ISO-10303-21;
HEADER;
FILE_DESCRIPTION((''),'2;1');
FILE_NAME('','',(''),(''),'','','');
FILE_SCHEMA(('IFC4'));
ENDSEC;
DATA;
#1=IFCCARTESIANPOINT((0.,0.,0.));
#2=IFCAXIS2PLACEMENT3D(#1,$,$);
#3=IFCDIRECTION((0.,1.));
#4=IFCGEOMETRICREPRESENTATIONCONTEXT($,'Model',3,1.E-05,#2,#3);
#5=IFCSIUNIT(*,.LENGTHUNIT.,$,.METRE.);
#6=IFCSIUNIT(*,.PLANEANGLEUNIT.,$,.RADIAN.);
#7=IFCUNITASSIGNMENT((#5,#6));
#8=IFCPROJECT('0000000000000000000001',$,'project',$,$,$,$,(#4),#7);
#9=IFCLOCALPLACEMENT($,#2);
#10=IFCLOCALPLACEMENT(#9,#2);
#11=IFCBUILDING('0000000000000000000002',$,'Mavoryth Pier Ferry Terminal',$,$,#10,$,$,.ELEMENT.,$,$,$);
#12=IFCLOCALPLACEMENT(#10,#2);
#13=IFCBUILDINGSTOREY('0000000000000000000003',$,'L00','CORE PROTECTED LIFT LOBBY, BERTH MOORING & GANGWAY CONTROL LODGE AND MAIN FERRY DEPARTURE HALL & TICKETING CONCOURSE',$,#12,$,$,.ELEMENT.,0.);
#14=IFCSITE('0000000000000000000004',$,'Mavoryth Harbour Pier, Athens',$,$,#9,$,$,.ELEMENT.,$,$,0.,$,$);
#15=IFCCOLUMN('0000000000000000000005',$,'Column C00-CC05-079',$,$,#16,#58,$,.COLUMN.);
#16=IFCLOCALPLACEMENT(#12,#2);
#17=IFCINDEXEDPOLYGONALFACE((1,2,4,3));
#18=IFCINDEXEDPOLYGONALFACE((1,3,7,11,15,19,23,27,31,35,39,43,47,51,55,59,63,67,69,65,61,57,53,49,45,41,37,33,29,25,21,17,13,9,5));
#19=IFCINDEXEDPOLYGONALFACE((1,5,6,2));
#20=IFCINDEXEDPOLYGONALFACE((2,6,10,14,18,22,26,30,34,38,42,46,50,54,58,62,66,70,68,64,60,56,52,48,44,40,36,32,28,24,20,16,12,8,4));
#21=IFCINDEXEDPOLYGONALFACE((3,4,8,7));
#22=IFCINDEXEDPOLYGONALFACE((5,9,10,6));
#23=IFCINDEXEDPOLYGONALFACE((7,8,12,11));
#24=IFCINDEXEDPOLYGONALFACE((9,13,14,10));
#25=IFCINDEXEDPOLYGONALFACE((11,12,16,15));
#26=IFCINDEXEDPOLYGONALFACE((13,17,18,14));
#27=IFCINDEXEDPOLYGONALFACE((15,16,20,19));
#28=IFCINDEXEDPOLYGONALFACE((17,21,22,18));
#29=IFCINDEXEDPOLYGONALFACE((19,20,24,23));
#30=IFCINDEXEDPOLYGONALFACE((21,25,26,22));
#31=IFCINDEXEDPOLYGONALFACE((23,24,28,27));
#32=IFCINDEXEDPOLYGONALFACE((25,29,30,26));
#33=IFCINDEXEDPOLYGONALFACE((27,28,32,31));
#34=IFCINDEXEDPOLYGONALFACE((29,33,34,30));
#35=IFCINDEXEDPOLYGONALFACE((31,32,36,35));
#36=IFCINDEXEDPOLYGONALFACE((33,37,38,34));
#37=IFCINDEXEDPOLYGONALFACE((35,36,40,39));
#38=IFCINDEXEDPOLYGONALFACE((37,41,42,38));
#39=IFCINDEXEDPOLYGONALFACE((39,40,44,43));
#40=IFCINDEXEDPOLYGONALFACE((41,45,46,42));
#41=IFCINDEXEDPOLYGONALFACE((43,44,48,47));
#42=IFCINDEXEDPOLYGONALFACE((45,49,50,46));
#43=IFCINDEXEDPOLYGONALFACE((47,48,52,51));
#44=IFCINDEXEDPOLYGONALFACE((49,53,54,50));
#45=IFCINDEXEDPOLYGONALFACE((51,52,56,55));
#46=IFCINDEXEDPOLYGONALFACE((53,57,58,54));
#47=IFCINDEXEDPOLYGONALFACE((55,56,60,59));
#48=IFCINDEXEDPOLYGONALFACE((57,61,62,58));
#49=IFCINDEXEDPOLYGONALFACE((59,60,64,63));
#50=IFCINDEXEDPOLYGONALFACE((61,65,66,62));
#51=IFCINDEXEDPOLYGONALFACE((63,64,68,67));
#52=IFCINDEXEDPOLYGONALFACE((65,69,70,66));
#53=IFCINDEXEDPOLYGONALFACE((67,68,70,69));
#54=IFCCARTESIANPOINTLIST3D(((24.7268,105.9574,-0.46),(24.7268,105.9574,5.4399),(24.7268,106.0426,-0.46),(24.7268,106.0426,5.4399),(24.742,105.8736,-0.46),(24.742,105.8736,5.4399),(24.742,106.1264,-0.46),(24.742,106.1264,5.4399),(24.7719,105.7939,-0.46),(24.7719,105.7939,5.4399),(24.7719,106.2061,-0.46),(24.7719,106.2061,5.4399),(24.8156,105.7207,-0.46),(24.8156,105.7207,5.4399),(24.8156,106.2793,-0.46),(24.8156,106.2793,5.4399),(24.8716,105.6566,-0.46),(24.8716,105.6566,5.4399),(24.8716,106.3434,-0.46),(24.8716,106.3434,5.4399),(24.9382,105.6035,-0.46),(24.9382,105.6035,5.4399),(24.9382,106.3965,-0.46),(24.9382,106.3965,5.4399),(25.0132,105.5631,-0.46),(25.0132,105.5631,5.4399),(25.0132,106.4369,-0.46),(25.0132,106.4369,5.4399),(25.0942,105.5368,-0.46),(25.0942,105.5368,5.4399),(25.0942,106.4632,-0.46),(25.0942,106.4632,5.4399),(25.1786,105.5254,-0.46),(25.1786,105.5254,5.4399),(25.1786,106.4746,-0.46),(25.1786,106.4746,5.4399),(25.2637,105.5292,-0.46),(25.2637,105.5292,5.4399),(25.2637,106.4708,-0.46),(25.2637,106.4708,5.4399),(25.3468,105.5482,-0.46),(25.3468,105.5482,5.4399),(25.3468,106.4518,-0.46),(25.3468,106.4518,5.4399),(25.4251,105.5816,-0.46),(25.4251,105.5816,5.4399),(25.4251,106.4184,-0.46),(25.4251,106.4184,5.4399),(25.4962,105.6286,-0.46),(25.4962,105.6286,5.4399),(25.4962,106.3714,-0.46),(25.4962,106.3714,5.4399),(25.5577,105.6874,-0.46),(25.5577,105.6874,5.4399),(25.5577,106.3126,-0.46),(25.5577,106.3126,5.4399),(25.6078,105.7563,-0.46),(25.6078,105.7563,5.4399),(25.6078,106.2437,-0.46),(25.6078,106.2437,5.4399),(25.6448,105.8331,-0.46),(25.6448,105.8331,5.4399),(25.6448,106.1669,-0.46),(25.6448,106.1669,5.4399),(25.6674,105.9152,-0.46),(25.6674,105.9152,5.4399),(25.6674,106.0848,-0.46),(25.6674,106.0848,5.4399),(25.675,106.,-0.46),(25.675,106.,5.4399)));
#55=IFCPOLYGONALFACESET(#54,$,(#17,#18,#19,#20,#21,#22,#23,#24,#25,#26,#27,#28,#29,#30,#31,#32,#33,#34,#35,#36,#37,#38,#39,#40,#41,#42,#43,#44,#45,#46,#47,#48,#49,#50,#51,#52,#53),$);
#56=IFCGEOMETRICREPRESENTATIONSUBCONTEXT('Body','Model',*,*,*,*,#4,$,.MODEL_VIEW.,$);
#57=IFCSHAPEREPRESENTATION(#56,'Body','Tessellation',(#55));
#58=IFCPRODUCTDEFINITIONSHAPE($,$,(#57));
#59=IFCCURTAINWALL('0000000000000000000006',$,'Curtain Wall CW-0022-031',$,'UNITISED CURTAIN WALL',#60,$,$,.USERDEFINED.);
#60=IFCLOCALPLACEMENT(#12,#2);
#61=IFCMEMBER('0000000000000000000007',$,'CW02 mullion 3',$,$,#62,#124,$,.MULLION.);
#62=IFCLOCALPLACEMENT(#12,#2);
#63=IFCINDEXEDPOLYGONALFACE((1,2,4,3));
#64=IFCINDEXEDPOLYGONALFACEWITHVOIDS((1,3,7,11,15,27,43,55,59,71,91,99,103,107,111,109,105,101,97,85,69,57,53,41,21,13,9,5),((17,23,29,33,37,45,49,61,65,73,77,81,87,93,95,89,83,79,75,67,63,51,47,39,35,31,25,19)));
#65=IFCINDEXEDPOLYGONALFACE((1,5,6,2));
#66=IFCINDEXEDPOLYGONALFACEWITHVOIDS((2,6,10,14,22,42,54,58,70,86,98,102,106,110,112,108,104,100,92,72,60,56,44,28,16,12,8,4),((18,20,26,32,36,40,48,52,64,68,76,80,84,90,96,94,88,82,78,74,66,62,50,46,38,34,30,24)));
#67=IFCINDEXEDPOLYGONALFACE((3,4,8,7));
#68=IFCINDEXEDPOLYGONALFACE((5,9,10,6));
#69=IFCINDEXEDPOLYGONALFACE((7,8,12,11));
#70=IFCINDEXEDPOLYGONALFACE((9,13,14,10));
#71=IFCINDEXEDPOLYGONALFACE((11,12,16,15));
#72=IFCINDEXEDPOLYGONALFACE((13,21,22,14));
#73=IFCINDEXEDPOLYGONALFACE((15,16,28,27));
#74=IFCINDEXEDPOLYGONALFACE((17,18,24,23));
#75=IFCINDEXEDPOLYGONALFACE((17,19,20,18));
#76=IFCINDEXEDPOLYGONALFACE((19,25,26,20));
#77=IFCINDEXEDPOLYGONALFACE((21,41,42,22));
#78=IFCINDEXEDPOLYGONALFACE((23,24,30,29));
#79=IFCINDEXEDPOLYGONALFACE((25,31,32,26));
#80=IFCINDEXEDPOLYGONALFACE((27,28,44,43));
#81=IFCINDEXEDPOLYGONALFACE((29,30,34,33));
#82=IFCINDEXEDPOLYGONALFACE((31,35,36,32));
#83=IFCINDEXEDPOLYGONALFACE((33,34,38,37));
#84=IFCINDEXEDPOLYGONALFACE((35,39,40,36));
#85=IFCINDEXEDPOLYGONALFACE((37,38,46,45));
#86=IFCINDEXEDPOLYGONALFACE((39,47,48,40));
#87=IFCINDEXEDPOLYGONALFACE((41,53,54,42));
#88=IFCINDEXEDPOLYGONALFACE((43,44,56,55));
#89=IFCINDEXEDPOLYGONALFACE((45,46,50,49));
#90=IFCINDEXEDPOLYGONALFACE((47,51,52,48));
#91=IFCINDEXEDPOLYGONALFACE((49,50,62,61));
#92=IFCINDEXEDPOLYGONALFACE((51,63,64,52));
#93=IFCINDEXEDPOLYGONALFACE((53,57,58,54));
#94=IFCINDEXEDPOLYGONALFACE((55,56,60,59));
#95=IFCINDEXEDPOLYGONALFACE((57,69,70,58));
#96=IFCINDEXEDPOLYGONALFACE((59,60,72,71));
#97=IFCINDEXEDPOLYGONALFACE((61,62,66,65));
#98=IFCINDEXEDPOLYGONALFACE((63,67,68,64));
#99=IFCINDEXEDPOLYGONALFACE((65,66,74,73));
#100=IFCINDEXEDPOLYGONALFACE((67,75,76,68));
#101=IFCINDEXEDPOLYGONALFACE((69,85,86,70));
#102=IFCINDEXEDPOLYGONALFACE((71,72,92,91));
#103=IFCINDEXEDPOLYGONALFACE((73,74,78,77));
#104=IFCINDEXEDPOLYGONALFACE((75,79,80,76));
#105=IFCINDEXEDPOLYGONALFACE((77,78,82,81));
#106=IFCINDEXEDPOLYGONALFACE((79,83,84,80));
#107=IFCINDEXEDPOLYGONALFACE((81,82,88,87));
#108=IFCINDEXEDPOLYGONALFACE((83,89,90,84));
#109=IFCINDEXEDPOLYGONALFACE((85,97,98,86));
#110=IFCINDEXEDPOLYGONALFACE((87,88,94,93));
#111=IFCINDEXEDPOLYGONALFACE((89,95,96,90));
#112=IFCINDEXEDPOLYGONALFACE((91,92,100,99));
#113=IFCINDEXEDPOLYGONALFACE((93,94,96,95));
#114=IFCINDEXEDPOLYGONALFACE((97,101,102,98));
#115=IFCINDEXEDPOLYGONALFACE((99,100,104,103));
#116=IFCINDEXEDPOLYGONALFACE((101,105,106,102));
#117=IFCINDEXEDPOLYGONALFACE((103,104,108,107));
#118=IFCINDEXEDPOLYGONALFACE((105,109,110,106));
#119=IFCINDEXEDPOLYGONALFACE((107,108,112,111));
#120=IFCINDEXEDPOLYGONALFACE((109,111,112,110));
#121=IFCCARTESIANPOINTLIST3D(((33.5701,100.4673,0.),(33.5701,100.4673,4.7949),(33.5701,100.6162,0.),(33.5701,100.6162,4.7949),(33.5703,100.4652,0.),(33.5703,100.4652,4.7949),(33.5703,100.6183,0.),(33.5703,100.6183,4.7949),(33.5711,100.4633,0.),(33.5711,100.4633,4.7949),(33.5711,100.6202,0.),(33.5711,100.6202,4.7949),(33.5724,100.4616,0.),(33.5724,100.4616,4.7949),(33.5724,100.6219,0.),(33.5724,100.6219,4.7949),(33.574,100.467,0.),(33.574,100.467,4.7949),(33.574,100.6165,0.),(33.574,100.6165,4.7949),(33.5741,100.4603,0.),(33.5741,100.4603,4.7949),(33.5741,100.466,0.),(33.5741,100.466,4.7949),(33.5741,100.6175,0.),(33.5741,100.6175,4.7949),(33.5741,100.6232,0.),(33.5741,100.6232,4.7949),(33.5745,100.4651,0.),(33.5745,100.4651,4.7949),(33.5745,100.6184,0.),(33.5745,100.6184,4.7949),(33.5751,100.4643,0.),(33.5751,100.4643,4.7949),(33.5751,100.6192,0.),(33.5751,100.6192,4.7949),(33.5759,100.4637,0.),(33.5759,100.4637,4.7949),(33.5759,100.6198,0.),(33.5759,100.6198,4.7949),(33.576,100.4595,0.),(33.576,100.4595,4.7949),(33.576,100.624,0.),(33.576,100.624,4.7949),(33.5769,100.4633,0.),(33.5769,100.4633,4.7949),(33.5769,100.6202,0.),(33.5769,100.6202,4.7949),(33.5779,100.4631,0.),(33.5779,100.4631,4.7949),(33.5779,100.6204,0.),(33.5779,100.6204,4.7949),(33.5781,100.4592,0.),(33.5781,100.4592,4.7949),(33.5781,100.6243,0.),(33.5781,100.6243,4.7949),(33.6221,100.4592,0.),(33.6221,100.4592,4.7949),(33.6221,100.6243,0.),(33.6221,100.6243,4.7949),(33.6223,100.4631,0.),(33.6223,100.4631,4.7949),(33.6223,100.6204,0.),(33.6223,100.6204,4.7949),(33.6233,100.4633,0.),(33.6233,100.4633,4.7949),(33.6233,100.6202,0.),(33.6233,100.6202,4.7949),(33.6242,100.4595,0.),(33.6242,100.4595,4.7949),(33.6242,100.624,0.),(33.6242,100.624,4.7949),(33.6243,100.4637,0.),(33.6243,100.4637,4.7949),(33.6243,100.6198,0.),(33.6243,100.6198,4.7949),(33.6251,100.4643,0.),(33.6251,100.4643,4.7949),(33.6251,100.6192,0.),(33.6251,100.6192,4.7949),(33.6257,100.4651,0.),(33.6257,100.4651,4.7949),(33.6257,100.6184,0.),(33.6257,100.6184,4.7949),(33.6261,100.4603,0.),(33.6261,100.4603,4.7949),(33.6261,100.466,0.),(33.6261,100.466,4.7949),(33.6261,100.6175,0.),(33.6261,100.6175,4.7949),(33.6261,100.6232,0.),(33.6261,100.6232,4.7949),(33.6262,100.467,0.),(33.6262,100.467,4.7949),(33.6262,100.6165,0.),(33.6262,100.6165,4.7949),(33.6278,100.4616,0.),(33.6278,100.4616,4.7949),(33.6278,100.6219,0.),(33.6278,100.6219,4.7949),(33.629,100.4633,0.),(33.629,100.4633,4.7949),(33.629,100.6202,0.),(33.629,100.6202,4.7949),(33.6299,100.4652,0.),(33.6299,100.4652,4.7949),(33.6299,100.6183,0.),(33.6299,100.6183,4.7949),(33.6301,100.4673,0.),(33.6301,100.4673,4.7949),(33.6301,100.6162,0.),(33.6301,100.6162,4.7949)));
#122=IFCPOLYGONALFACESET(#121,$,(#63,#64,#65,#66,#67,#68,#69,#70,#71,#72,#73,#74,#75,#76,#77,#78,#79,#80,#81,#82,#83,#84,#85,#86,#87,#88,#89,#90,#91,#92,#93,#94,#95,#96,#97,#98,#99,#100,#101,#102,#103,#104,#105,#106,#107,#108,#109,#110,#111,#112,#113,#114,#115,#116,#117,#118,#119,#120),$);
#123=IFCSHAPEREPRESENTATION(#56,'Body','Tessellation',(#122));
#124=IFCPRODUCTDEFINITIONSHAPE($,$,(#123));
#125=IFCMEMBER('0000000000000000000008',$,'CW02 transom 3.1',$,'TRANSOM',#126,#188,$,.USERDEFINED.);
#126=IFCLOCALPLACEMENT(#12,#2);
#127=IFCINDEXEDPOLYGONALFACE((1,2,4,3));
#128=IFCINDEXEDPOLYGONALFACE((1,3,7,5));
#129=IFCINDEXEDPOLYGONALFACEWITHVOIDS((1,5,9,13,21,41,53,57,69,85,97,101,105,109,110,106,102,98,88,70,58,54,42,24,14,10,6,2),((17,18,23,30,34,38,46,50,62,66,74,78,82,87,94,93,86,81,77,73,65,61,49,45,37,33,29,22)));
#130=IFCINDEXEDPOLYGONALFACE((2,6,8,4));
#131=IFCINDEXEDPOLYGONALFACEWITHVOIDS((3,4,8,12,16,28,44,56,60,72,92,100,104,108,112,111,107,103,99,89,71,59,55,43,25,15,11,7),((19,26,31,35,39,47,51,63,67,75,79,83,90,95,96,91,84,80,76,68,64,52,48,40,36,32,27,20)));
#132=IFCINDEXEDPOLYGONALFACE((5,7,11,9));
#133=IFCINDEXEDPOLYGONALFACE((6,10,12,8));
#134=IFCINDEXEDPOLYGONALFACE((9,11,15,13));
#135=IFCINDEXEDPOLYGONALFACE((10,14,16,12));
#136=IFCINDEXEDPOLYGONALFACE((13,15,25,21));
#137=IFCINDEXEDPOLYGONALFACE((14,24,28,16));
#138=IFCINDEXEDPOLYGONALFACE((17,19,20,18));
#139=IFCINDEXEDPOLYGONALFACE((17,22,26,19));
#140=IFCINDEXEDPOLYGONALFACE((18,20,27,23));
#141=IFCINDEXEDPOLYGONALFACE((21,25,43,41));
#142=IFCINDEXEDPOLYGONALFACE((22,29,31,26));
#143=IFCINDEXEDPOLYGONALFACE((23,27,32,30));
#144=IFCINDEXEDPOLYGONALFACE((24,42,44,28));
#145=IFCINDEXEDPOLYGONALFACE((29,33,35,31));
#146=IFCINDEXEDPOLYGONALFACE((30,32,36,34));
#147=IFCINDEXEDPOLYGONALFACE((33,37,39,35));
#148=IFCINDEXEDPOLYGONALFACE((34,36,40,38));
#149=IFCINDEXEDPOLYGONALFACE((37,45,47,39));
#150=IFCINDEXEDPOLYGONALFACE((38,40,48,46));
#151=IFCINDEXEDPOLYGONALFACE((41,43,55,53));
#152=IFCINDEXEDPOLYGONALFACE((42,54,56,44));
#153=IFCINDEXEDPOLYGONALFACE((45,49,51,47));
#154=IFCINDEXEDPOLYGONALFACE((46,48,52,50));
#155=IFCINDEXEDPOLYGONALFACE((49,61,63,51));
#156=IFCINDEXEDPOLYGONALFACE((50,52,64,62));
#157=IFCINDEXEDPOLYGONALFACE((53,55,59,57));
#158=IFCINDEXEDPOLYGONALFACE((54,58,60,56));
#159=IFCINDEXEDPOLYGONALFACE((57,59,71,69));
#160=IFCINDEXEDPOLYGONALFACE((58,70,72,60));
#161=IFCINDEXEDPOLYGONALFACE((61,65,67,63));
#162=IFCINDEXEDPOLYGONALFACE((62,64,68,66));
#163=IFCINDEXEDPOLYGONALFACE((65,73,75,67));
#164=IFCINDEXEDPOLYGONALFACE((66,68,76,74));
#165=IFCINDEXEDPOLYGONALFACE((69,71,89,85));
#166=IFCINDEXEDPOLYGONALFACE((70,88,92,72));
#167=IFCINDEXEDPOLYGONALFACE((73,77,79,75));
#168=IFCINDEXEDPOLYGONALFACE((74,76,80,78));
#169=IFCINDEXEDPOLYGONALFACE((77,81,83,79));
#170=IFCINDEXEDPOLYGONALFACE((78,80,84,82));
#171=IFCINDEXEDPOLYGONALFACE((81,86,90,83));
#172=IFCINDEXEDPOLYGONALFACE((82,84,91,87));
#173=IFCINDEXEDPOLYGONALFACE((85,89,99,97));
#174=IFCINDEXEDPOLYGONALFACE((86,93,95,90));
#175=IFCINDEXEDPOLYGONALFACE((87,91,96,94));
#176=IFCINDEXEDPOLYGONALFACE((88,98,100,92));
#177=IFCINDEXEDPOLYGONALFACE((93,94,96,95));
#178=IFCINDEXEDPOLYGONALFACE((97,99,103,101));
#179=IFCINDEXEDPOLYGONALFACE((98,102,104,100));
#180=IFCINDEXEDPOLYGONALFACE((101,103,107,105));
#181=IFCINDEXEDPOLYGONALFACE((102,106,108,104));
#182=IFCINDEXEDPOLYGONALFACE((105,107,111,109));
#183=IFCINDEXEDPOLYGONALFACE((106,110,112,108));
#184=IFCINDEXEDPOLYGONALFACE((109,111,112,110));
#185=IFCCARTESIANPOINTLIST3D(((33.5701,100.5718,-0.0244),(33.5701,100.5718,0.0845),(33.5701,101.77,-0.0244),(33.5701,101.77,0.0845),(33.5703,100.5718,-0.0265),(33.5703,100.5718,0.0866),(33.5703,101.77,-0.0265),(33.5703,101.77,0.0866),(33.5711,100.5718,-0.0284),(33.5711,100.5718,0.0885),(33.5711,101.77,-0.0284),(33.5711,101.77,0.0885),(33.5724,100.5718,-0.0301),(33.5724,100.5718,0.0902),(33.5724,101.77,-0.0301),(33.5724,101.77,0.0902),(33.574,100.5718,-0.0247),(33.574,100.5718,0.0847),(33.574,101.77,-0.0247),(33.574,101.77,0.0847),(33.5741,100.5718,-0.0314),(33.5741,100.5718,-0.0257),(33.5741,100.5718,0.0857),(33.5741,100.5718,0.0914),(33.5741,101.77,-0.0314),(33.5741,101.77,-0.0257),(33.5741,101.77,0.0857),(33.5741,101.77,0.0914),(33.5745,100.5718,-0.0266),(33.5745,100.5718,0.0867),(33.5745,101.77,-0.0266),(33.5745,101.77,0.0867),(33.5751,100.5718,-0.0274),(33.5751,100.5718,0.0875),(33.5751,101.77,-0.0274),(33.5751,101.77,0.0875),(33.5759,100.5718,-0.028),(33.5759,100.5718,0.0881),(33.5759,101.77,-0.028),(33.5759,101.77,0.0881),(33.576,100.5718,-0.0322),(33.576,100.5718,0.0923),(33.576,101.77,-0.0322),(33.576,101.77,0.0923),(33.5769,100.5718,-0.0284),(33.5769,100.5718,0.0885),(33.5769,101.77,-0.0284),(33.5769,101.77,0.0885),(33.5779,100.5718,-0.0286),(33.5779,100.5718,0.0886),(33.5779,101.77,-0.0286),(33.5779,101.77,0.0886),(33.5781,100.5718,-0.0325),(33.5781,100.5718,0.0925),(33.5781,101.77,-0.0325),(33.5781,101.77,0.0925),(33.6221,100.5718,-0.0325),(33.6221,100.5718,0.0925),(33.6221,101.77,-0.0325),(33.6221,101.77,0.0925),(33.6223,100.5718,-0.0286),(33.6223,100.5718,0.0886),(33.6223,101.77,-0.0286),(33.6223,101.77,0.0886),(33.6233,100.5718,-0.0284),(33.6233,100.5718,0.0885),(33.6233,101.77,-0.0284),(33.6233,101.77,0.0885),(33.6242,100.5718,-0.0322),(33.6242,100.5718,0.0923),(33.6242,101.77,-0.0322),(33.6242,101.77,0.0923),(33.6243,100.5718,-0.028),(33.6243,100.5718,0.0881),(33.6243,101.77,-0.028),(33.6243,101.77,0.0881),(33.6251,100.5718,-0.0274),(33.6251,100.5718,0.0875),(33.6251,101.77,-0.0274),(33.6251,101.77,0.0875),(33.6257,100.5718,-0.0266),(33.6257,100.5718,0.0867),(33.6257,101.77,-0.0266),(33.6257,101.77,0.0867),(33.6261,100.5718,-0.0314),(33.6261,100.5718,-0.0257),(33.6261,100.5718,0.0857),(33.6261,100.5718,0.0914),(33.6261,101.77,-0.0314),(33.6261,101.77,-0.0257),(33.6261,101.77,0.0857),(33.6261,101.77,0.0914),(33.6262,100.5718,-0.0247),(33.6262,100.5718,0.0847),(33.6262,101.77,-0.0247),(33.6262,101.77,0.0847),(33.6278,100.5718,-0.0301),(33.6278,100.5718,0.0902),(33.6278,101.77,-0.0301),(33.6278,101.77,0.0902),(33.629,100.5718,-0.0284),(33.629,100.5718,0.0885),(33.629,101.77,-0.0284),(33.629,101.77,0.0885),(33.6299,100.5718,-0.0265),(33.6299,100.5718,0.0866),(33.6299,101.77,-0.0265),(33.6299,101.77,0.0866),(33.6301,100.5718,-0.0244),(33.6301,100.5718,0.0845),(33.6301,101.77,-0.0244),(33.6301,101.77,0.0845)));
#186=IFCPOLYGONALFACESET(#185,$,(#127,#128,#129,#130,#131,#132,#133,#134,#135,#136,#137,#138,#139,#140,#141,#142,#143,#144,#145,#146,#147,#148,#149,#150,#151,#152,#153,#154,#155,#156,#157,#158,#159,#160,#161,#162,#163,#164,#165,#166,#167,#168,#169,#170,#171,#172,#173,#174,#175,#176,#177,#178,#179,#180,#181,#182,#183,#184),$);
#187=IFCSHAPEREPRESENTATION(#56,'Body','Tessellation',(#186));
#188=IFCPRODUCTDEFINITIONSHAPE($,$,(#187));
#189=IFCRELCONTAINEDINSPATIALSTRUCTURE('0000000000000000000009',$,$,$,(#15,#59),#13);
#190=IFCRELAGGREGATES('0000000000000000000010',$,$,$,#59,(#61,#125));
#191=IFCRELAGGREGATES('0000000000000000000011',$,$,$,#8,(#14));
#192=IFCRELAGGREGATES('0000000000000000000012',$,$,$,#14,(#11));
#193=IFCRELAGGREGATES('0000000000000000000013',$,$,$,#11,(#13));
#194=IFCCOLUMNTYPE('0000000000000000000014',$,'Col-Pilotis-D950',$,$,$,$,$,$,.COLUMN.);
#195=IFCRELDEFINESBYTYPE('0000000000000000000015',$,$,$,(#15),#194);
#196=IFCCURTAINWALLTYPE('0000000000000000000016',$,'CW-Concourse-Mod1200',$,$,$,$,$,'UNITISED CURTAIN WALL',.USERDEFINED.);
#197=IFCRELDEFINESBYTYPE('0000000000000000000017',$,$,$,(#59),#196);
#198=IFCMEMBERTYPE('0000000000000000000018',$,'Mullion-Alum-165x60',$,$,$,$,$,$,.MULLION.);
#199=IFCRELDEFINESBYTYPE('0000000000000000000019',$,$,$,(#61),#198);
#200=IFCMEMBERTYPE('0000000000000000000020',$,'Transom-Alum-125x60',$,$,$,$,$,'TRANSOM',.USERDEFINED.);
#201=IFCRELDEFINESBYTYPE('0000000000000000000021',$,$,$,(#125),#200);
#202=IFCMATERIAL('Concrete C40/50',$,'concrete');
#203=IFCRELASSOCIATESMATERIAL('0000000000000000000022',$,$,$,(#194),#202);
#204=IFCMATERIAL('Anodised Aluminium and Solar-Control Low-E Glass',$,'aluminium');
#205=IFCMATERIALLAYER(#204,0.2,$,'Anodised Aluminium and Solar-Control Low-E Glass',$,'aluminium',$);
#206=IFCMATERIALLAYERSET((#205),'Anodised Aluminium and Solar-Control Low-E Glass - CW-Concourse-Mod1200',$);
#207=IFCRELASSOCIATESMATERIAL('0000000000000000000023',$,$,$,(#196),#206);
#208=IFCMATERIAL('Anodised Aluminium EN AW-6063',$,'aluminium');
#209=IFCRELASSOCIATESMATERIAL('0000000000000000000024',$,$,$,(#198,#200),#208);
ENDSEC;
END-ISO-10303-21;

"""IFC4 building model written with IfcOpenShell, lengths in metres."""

from ifc_helpers import new_model, si_unit, direction, frame, origin, origin_2d, place, context, subcontext, project, spatial, hollow_rectangle, circle, extrude, material, layer, layer_set, material_profile, profile_set, type_object, element, aggregate, save


model = new_model("IFC4")

# Units and contexts
model_context = context("Model", 3, precision=1e-05, world=origin(), true_north=direction((0.0, 1.0)))
body_context = subcontext(model_context, "Body", "Model", "MODEL_VIEW")
ifc_project = project(units=[si_unit("LENGTHUNIT", "METRE"), si_unit("PLANEANGLEUNIT", "RADIAN")], contexts=[model_context])

# Site, building, storey
site_placement = place(None, origin())
site = spatial("IfcSite", under=ifc_project, at=site_placement, Name="Mavoryth Harbour Pier, Athens", CompositionType="ELEMENT", RefElevation=0.0)
building_placement = place(site_placement, origin())
building = spatial("IfcBuilding", under=site, at=building_placement, Name="Mavoryth Pier Ferry Terminal", CompositionType="ELEMENT")
storey_placement = place(building_placement, origin())
storey = spatial("IfcBuildingStorey", under=building, at=storey_placement, Name="L00", Description="CORE PROTECTED LIFT LOBBY, BERTH MOORING & GANGWAY CONTROL LODGE AND MAIN FERRY DEPARTURE HALL & TICKETING CONCOURSE", CompositionType="ELEMENT", Elevation=0.0)

# Column
ifc_material_1 = material(Name="Concrete C40/50", Category="concrete")
ifc_material_profile_1 = material_profile(ifc_material_1, circle(Radius=0.4751, at=origin_2d()), Name="RC D950", Category="concrete")
ifc_profile_set_1 = profile_set([ifc_material_profile_1], Name="Concrete C40/50 - RC D950")
column_type_1 = type_object("IfcColumnType", Name="Col-Pilotis-D950", PredefinedType="COLUMN", material=ifc_profile_set_1)
column_1_placement = place(storey_placement, frame((25.2, 106.0, -0.46), z_axis=(0.0, 0.0, 1.0), x_axis=(1.0, 0.0, 0.0)))
element("IfcColumn", 1, at=column_1_placement, inside=storey, type_object=column_type_1, Name="Column C00-CC05-079", PredefinedType="COLUMN", context=body_context, shape_type="SweptSolid", body=[
    extrude(circle(Radius=0.4751, at=origin_2d()), origin(), (0.0, 0.0, 1.0), 5.8999),
])

# Curtain wall, members
ifc_material_2 = material(Name="Anodised Aluminium and Solar-Control Low-E Glass", Category="aluminium")
ifc_layer_1 = layer(ifc_material_2, 0.2, Name="Anodised Aluminium and Solar-Control Low-E Glass", Category="aluminium")
ifc_layer_set_1 = layer_set([ifc_layer_1], Name="Anodised Aluminium and Solar-Control Low-E Glass - CW-Concourse-Mod1200")
curtain_wall_type = type_object("IfcCurtainWallType", Name="CW-Concourse-Mod1200", ElementType="UNITISED CURTAIN WALL", PredefinedType="USERDEFINED", material=ifc_layer_set_1)
curtain_wall_placement = place(storey_placement, origin())
curtain_wall = element("IfcCurtainWall", 2, at=curtain_wall_placement, inside=storey, type_object=curtain_wall_type, Name="Curtain Wall CW-0022-031", ObjectType="UNITISED CURTAIN WALL", PredefinedType="USERDEFINED")
ifc_material_3 = material(Name="Anodised Aluminium EN AW-6063", Category="aluminium")
ifc_material_profile_2 = material_profile(ifc_material_3, hollow_rectangle(XDim=0.0601, YDim=0.165, WallThickness=0.0039, InnerFilletRadius=0.0039, OuterFilletRadius=0.0081, at=origin_2d()), Name="AL-MULL 165x60x4", Category="aluminium")
ifc_profile_set_2 = profile_set([ifc_material_profile_2], Name="Anodised Aluminium EN AW-6063 - AL-MULL 165x60x4")
member_type_1 = type_object("IfcMemberType", Name="Mullion-Alum-165x60", PredefinedType="MULLION", material=ifc_profile_set_2)
member_1_placement = place(storey_placement, frame((33.6001, 100.5417, 0.0), z_axis=(0.0, 0.0, 1.0), x_axis=(-1.0, 0.0, 0.0)))
member_1 = element("IfcMember", 3, at=member_1_placement, type_object=member_type_1, Name="CW02 mullion 3", PredefinedType="MULLION", context=body_context, shape_type="SweptSolid", body=[
    extrude(hollow_rectangle(XDim=0.0601, YDim=0.165, WallThickness=0.0039, InnerFilletRadius=0.0039, OuterFilletRadius=0.0081, at=origin_2d()), origin(), (0.0, 0.0, 1.0), 4.7949),
])
ifc_material_profile_3 = material_profile(ifc_material_3, hollow_rectangle(XDim=0.0601, YDim=0.125, WallThickness=0.0039, InnerFilletRadius=0.0039, OuterFilletRadius=0.0081, at=origin_2d()), Name="AL-TRAN 125x60x4", Category="aluminium")
ifc_profile_set_3 = profile_set([ifc_material_profile_3], Name="Anodised Aluminium EN AW-6063 - AL-TRAN 125x60x4")
member_type_2 = type_object("IfcMemberType", Name="Transom-Alum-125x60", ElementType="TRANSOM", PredefinedType="USERDEFINED", material=ifc_profile_set_3)
member_2_placement = place(storey_placement, frame((33.6001, 100.5718, 0.03), z_axis=(0.0, 1.0, 0.0), x_axis=(-1.0, 0.0, 0.0)))
member_2 = element("IfcMember", 4, at=member_2_placement, type_object=member_type_2, Name="CW02 transom 3.1", ObjectType="TRANSOM", PredefinedType="USERDEFINED", context=body_context, shape_type="SweptSolid", body=[
    extrude(hollow_rectangle(XDim=0.0601, YDim=0.125, WallThickness=0.0039, InnerFilletRadius=0.0039, OuterFilletRadius=0.0081, at=origin_2d()), origin(), (0.0, 0.0, 1.0), 1.1982),
])
aggregate(curtain_wall, [member_1, member_2])

save(model, "model.ifc")
